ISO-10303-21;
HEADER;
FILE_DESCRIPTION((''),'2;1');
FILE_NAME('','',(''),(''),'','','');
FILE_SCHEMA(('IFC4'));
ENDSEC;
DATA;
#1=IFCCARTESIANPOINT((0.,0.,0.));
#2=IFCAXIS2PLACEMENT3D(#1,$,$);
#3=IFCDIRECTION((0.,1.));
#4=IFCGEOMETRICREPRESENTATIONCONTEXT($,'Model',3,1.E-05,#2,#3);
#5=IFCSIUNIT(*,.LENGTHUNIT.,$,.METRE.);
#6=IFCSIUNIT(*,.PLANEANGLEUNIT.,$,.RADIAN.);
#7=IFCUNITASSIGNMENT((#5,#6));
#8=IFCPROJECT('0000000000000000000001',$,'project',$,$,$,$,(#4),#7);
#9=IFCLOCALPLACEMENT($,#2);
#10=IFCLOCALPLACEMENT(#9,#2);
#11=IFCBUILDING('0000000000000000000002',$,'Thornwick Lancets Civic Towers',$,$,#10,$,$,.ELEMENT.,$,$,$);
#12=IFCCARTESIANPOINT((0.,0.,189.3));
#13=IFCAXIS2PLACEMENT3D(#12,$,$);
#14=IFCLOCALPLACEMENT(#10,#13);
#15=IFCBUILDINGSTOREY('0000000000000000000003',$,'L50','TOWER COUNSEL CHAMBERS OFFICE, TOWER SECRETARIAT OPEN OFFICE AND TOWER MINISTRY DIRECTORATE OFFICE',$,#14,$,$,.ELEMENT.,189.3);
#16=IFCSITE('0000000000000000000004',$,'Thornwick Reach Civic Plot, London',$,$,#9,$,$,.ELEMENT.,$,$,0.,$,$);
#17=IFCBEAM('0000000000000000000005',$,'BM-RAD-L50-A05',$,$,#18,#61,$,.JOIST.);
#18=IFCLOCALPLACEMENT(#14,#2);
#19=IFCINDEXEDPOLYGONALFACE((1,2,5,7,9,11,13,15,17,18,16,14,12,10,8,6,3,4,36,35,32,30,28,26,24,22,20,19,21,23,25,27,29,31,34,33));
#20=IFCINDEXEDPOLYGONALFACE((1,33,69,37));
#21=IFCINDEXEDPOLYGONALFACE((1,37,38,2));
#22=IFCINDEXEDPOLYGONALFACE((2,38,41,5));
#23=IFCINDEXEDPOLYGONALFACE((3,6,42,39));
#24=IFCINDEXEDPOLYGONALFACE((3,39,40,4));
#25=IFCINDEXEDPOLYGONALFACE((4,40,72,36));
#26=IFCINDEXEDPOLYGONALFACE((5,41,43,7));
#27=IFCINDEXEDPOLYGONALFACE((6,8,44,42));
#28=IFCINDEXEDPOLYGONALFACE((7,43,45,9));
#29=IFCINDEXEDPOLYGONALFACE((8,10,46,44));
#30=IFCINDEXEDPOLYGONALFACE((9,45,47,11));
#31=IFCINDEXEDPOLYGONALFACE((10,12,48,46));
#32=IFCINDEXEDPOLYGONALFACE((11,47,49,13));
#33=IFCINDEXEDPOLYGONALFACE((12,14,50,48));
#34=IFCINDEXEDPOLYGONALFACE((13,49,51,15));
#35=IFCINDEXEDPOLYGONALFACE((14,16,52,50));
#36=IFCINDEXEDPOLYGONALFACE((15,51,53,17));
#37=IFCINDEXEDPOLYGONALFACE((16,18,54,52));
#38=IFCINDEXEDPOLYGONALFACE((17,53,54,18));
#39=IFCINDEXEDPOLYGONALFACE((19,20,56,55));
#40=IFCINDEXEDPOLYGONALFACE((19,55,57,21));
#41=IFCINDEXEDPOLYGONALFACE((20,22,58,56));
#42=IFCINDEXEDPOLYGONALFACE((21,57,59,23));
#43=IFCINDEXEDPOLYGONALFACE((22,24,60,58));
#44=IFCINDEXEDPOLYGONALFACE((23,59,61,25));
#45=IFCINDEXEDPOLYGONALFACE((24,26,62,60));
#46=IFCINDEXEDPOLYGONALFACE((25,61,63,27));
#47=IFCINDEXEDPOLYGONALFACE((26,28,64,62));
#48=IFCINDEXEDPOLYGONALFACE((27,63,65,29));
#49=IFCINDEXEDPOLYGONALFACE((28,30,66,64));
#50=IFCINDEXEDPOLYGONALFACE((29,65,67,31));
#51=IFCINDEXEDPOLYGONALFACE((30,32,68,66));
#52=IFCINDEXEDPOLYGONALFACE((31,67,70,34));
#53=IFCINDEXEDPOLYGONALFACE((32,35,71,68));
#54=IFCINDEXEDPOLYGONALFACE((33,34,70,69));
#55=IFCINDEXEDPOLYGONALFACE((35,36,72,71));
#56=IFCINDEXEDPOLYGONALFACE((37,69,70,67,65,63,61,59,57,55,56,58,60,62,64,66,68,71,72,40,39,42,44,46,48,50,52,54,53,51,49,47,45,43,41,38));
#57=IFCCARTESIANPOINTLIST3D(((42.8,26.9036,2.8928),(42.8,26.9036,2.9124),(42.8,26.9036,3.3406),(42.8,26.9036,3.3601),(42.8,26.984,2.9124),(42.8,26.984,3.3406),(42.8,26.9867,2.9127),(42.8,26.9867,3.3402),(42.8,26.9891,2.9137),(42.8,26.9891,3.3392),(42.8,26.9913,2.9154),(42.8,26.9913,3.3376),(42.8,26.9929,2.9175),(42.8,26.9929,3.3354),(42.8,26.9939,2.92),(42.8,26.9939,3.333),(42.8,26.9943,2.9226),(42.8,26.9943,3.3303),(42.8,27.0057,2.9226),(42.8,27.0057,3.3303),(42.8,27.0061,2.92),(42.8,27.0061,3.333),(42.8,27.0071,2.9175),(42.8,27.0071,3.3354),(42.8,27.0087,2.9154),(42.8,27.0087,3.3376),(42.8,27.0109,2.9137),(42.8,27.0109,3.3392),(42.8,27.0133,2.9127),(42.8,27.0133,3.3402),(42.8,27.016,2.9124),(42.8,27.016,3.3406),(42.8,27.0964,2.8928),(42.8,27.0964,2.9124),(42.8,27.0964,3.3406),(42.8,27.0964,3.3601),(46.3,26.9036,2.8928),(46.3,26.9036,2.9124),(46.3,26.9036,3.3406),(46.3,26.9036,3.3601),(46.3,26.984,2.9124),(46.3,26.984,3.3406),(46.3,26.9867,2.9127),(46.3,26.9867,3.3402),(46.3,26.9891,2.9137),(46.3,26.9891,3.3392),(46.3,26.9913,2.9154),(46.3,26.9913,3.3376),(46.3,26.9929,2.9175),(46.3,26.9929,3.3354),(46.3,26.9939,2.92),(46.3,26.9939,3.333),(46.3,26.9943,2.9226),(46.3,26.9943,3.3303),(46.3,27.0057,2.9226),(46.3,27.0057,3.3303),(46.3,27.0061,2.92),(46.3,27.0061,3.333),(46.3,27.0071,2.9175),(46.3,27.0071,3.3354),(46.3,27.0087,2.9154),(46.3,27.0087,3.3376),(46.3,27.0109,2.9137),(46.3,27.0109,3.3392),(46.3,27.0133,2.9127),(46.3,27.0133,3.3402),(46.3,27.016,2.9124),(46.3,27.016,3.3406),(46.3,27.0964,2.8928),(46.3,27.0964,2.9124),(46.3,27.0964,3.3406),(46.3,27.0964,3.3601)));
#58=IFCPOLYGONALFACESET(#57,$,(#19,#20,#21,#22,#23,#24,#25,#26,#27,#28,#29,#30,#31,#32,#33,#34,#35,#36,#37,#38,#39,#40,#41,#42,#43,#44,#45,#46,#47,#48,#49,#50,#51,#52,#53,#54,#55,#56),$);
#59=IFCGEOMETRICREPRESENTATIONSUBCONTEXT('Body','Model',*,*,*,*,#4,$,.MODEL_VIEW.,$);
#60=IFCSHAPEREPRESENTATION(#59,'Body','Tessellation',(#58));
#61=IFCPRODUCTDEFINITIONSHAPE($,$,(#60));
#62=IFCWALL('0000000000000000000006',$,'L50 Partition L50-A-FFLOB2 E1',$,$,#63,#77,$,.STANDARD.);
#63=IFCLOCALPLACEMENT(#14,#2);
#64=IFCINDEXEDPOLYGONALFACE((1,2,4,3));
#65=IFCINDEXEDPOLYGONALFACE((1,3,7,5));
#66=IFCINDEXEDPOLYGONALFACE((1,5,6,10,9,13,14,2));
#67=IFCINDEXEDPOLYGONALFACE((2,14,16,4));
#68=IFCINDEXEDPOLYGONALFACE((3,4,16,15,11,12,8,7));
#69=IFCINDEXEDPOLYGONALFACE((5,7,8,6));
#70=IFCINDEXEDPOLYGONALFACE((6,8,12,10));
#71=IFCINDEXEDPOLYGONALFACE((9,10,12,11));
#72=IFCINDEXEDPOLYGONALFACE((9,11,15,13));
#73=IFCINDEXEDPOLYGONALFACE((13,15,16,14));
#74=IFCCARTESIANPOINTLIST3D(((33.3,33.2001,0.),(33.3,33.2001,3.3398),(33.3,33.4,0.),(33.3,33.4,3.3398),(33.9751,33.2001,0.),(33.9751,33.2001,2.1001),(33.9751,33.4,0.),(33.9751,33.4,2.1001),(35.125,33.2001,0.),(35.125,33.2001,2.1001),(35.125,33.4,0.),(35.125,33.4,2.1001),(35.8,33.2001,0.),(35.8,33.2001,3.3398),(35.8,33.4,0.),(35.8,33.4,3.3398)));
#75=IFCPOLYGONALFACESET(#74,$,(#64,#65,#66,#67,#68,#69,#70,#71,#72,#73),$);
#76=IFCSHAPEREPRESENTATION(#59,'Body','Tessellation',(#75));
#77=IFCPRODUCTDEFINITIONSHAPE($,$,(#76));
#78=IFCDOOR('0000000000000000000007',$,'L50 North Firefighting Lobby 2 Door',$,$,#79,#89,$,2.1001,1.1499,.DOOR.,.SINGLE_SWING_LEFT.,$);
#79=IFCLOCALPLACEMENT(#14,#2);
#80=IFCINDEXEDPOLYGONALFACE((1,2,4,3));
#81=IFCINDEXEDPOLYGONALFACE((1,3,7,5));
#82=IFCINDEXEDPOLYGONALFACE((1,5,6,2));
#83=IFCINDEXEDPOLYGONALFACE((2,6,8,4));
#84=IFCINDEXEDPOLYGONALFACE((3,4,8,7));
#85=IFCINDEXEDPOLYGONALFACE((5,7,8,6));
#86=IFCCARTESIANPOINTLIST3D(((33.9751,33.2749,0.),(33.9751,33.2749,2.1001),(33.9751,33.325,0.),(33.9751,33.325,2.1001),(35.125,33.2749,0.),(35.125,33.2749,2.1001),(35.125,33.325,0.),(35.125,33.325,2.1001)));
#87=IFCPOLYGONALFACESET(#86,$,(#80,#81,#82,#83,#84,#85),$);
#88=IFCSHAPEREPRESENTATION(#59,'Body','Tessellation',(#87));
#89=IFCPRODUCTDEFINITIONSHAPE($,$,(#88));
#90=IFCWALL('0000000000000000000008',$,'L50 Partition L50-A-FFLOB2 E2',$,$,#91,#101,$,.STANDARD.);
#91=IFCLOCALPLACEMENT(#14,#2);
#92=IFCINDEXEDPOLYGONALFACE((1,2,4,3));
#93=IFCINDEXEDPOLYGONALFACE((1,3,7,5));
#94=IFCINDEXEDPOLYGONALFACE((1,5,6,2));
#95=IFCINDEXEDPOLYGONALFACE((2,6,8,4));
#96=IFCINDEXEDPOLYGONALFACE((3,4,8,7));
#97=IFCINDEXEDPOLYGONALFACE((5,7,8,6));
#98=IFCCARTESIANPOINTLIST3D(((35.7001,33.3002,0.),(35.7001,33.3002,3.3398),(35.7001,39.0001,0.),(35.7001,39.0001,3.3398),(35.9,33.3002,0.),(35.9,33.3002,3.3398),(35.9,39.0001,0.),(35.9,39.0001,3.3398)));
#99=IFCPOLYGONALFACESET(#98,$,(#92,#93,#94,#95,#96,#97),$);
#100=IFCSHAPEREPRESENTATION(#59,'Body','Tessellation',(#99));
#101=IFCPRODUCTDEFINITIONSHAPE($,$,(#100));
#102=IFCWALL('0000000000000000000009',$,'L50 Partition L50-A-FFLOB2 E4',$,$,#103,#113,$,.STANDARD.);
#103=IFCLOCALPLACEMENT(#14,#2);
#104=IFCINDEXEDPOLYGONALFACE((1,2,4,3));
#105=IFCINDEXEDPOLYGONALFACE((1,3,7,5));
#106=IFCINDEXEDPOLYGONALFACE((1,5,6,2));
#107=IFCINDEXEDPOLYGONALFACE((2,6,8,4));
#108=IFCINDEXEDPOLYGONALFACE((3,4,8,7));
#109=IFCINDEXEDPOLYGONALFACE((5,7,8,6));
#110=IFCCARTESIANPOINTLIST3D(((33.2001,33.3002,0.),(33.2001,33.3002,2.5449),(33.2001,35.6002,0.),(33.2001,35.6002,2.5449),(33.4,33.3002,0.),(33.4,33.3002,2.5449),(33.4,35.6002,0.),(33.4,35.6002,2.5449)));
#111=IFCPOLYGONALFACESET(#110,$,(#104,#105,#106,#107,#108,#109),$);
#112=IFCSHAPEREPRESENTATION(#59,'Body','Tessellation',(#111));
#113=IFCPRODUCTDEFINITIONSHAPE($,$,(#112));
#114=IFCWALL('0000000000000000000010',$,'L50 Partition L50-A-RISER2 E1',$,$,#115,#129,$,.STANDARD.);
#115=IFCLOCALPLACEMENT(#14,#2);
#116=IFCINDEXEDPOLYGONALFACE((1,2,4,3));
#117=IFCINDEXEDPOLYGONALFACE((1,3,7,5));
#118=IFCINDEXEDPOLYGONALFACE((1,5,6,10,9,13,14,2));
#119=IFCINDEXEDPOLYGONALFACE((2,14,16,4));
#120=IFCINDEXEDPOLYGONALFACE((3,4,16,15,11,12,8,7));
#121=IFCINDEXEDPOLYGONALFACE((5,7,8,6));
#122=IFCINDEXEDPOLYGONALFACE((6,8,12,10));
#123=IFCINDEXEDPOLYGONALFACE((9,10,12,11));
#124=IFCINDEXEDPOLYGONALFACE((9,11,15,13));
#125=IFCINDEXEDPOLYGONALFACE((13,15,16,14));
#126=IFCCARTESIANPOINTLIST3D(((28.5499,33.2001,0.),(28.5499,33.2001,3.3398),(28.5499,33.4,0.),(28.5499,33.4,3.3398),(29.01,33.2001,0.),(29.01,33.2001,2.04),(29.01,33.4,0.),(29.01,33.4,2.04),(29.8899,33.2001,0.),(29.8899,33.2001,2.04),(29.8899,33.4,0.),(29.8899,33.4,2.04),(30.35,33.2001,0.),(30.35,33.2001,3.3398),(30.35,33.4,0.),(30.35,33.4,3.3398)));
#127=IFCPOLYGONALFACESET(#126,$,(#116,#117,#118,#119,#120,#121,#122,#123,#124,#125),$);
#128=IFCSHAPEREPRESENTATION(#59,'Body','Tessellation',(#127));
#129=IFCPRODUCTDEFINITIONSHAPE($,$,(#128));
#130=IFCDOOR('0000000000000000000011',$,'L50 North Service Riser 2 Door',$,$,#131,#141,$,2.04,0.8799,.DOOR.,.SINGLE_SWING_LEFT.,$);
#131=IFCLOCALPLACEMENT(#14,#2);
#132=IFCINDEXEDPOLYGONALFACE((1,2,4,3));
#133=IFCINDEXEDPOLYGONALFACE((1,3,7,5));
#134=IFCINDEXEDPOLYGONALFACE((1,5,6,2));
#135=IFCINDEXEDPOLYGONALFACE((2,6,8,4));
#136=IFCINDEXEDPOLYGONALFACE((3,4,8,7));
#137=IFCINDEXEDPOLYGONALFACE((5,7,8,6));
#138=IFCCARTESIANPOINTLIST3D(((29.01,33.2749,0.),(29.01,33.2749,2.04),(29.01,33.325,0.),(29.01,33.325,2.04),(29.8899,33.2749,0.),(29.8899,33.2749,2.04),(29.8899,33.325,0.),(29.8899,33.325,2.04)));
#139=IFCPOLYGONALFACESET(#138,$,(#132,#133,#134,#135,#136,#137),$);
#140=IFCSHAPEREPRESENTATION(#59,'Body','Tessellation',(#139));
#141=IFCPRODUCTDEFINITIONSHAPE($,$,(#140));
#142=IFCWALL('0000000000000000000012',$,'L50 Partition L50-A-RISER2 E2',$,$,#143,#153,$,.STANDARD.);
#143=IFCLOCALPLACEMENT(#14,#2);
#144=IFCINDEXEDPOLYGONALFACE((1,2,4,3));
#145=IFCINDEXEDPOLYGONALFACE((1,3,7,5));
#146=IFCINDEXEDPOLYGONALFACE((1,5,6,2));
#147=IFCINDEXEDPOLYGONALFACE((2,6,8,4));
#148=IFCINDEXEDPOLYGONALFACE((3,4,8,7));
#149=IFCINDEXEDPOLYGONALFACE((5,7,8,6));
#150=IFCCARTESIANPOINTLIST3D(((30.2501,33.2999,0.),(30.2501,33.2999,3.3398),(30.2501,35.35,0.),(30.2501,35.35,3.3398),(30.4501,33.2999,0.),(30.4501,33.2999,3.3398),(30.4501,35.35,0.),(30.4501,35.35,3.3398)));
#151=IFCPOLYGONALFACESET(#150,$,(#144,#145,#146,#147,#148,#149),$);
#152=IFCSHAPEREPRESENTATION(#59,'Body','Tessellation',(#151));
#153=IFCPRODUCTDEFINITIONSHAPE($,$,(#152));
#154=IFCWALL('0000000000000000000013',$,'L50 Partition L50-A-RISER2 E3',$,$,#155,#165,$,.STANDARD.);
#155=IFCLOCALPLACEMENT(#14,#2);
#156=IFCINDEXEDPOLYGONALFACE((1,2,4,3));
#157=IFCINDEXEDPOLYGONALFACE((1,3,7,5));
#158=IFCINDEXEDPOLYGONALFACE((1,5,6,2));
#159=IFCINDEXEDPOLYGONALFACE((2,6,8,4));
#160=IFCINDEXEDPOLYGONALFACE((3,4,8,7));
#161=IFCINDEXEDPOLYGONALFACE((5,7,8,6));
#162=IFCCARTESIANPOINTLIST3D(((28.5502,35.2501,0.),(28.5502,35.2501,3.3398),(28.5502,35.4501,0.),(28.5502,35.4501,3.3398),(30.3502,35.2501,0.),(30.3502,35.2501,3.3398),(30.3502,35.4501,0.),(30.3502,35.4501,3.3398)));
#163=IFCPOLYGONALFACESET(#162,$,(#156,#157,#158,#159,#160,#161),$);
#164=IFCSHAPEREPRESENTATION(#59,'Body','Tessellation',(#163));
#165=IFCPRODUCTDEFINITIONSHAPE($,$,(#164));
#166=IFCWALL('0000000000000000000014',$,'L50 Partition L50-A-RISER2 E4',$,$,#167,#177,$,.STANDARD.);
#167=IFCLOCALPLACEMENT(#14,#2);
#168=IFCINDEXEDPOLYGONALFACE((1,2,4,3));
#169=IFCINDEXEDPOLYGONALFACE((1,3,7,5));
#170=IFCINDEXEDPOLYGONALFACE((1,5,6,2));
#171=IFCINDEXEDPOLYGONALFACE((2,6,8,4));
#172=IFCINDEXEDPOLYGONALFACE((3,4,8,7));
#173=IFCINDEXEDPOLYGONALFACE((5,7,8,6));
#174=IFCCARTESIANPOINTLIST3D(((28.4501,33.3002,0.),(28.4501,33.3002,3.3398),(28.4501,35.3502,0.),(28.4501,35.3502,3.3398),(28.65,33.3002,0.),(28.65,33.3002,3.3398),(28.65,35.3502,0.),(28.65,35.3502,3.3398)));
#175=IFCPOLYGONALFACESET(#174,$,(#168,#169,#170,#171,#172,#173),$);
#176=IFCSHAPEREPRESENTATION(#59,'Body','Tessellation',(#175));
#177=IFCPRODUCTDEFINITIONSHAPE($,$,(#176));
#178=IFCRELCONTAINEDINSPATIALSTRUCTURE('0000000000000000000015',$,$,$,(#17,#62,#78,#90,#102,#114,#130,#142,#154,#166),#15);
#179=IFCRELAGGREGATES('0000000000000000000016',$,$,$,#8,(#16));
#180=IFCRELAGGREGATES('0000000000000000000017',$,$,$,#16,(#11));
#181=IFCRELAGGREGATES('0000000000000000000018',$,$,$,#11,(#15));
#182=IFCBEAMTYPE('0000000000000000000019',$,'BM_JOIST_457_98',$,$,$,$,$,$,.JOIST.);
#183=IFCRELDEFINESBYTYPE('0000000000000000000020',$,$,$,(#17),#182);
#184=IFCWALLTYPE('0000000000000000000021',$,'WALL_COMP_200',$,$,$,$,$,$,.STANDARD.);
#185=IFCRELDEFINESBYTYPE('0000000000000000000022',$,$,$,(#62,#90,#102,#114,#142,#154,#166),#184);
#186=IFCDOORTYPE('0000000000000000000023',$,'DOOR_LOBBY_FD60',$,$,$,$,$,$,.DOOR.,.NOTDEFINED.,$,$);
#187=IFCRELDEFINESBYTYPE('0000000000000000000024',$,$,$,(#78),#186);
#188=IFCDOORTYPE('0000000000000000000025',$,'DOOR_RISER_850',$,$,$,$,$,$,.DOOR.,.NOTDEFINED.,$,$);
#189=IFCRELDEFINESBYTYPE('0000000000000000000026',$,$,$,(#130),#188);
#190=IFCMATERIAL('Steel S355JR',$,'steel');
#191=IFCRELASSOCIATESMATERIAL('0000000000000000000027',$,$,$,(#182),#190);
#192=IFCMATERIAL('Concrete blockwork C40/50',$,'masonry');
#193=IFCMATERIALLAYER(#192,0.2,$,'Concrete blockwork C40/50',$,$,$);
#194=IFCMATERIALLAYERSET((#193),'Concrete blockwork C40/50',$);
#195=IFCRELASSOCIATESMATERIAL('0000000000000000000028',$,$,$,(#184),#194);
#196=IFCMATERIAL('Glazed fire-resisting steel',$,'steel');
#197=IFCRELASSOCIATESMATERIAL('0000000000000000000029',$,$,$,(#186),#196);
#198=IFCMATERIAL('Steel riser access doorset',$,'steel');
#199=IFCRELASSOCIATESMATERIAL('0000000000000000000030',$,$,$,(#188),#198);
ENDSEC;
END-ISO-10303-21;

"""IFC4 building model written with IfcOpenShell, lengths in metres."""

from ifc_helpers import new_model, si_unit, direction, frame, frame_2d, origin, origin_2d, place, context, subcontext, project, spatial, rectangle, i_section, extrude, material, layer, layer_set, material_profile, profile_set, type_object, element, fill, save


model = new_model("IFC4")

# Units and contexts
model_context = context("Model", 3, precision=1e-05, world=origin(), true_north=direction((0.0, 1.0)))
body_context = subcontext(model_context, "Body", "Model", "MODEL_VIEW")
ifc_project = project(units=[si_unit("LENGTHUNIT", "METRE"), si_unit("PLANEANGLEUNIT", "RADIAN")], contexts=[model_context])

# Site, building, storey
site_placement = place(None, origin())
site = spatial("IfcSite", under=ifc_project, at=site_placement, Name="Thornwick Reach Civic Plot, London", CompositionType="ELEMENT", RefElevation=0.0)
building_placement = place(site_placement, origin())
building = spatial("IfcBuilding", under=site, at=building_placement, Name="Thornwick Lancets Civic Towers", CompositionType="ELEMENT")
storey_placement = place(building_placement, frame((0.0, 0.0, 189.3)))
storey = spatial("IfcBuildingStorey", under=building, at=storey_placement, Name="L50", Description="TOWER COUNSEL CHAMBERS OFFICE, TOWER SECRETARIAT OPEN OFFICE AND TOWER MINISTRY DIRECTORATE OFFICE", CompositionType="ELEMENT", Elevation=189.3)

# Beam
ifc_material_1 = material(Name="Steel S355JR", Category="steel")
ifc_material_profile_1 = material_profile(ifc_material_1, i_section(OverallWidth=0.1929, OverallDepth=0.4673, WebThickness=0.0115, FlangeThickness=0.0195, FilletRadius=0.0103, at=origin_2d()), Name="UKB 457x191x98")
ifc_profile_set_1 = profile_set([ifc_material_profile_1], Name="Steel S355JR")
beam_type_1 = type_object("IfcBeamType", Name="BM_JOIST_457_98", PredefinedType="JOIST", material=ifc_profile_set_1)
beam_1_placement = place(storey_placement, frame((42.8, 27.0, 3.1265), z_axis=(1.0, 0.0, 0.0), x_axis=(0.0, 1.0, 0.0)))
element("IfcBeam", 1, at=beam_1_placement, inside=storey, type_object=beam_type_1, Name="BM-RAD-L50-A05", PredefinedType="JOIST", context=body_context, shape_type="SweptSolid", body=[
    extrude(i_section(OverallWidth=0.1929, OverallDepth=0.4673, WebThickness=0.0115, FlangeThickness=0.0195, FilletRadius=0.0103, at=origin_2d()), origin(), (0.0, 0.0, 1.0), 3.5),
])

# Wall, opening, door
ifc_material_2 = material(Name="Concrete blockwork C40/50", Category="masonry")
ifc_layer_1 = layer(ifc_material_2, 0.2, Name="Concrete blockwork C40/50")
ifc_layer_set_1 = layer_set([ifc_layer_1], Name="Concrete blockwork C40/50")
wall_type_1 = type_object("IfcWallType", Name="WALL_COMP_200", PredefinedType="STANDARD", material=ifc_layer_set_1)
wall_1_placement = place(storey_placement, frame((33.3, 33.3, 0.0), z_axis=(0.0, 0.0, 1.0), x_axis=(1.0, 0.0, 0.0)))
wall_1 = element("IfcWall", 2, at=wall_1_placement, inside=storey, type_object=wall_type_1, Name="L50 Partition L50-A-FFLOB2 E1", PredefinedType="STANDARD", context=body_context, shape_type="SweptSolid", body=[
    extrude(rectangle(XDim=2.5, YDim=0.2, at=frame_2d((1.25, 0.0))), origin(), (0.0, 0.0, 1.0), 3.3398),
])
opening_1_placement = place(wall_1_placement, frame((0.675, 0.0, 0.0)))
opening_1 = element("IfcOpeningElement", 3, at=opening_1_placement, cuts=wall_1, PredefinedType="OPENING", context=body_context, shape_type="SweptSolid", body=[
    extrude(rectangle(XDim=1.1499, YDim=2.1001, at=frame_2d((0.575, 1.05))), frame((0.0, 0.1099, 0.0), z_axis=(0.0, -1.0, 0.0), x_axis=(1.0, 0.0, 0.0)), (0.0, 0.0, 1.0), 0.22),
])
ifc_material_3 = material(Name="Glazed fire-resisting steel", Category="steel")
door_type_1 = type_object("IfcDoorType", Name="DOOR_LOBBY_FD60", OperationType="NOTDEFINED", PredefinedType="DOOR", material=ifc_material_3)
door_1_placement = place(opening_1_placement, origin())
door_1 = element("IfcDoor", 4, at=door_1_placement, inside=storey, type_object=door_type_1, Name="L50 North Firefighting Lobby 2 Door", OperationType="SINGLE_SWING_LEFT", OverallHeight=2.1001, OverallWidth=1.1499, PredefinedType="DOOR", context=body_context, shape_type="SweptSolid", body=[
    extrude(rectangle(XDim=1.1499, YDim=2.1001, at=frame_2d((0.575, 1.05))), frame((0.0, 0.0249, 0.0), z_axis=(0.0, -1.0, 0.0), x_axis=(1.0, 0.0, 0.0)), (0.0, 0.0, 1.0), 0.05),
])
fill(opening_1, door_1)

# Walls
wall_2_placement = place(storey_placement, frame((35.8, 33.3, 0.0), z_axis=(0.0, 0.0, 1.0), x_axis=(0.0, 1.0, 0.0)))
element("IfcWall", 5, at=wall_2_placement, inside=storey, type_object=wall_type_1, Name="L50 Partition L50-A-FFLOB2 E2", PredefinedType="STANDARD", context=body_context, shape_type="SweptSolid", body=[
    extrude(rectangle(XDim=5.7, YDim=0.2, at=frame_2d((2.8501, 0.0))), origin(), (0.0, 0.0, 1.0), 3.3398),
])
wall_3_placement = place(storey_placement, frame((33.3, 35.6001, 0.0), z_axis=(0.0, 0.0, 1.0), x_axis=(0.0, -1.0, 0.0)))
element("IfcWall", 6, at=wall_3_placement, inside=storey, type_object=wall_type_1, Name="L50 Partition L50-A-FFLOB2 E4", PredefinedType="STANDARD", context=body_context, shape_type="SweptSolid", body=[
    extrude(rectangle(XDim=2.3, YDim=0.2, at=frame_2d((1.1499, 0.0))), origin(), (0.0, 0.0, 1.0), 2.5449),
])

# Wall, opening, door
wall_4_placement = place(storey_placement, frame((28.55, 33.3, 0.0), z_axis=(0.0, 0.0, 1.0), x_axis=(1.0, 0.0, 0.0)))
wall_4 = element("IfcWall", 7, at=wall_4_placement, inside=storey, type_object=wall_type_1, Name="L50 Partition L50-A-RISER2 E1", PredefinedType="STANDARD", context=body_context, shape_type="SweptSolid", body=[
    extrude(rectangle(XDim=1.8, YDim=0.2, at=frame_2d((0.8999, 0.0))), origin(), (0.0, 0.0, 1.0), 3.3398),
])
opening_2_placement = place(wall_4_placement, frame((0.46, 0.0, 0.0)))
opening_2 = element("IfcOpeningElement", 8, at=opening_2_placement, cuts=wall_4, PredefinedType="OPENING", context=body_context, shape_type="SweptSolid", body=[
    extrude(rectangle(XDim=0.8799, YDim=2.04, at=frame_2d((0.4399, 1.02))), frame((0.0, 0.1099, 0.0), z_axis=(0.0, -1.0, 0.0), x_axis=(1.0, 0.0, 0.0)), (0.0, 0.0, 1.0), 0.22),
])
ifc_material_4 = material(Name="Steel riser access doorset", Category="steel")
door_type_2 = type_object("IfcDoorType", Name="DOOR_RISER_850", OperationType="NOTDEFINED", PredefinedType="DOOR", material=ifc_material_4)
door_2_placement = place(opening_2_placement, origin())
door_2 = element("IfcDoor", 9, at=door_2_placement, inside=storey, type_object=door_type_2, Name="L50 North Service Riser 2 Door", OperationType="SINGLE_SWING_LEFT", OverallHeight=2.04, OverallWidth=0.8799, PredefinedType="DOOR", context=body_context, shape_type="SweptSolid", body=[
    extrude(rectangle(XDim=0.8799, YDim=2.04, at=frame_2d((0.4399, 1.02))), frame((0.0, 0.0249, 0.0), z_axis=(0.0, -1.0, 0.0), x_axis=(1.0, 0.0, 0.0)), (0.0, 0.0, 1.0), 0.05),
])
fill(opening_2, door_2)

# Walls
wall_5_placement = place(storey_placement, frame((30.3501, 33.3, 0.0), z_axis=(0.0, 0.0, 1.0), x_axis=(0.0, 1.0, 0.0)))
element("IfcWall", 10, at=wall_5_placement, inside=storey, type_object=wall_type_1, Name="L50 Partition L50-A-RISER2 E2", PredefinedType="STANDARD", context=body_context, shape_type="SweptSolid", body=[
    extrude(rectangle(XDim=2.05, YDim=0.2, at=frame_2d((1.0249, 0.0))), origin(), (0.0, 0.0, 1.0), 3.3398),
])
wall_6_placement = place(storey_placement, frame((30.3501, 35.3501, 0.0), z_axis=(0.0, 0.0, 1.0), x_axis=(-1.0, 0.0, 0.0)))
element("IfcWall", 11, at=wall_6_placement, inside=storey, type_object=wall_type_1, Name="L50 Partition L50-A-RISER2 E3", PredefinedType="STANDARD", context=body_context, shape_type="SweptSolid", body=[
    extrude(rectangle(XDim=1.8, YDim=0.2, at=frame_2d((0.8999, 0.0))), origin(), (0.0, 0.0, 1.0), 3.3398),
])
wall_7_placement = place(storey_placement, frame((28.55, 35.3501, 0.0), z_axis=(0.0, 0.0, 1.0), x_axis=(0.0, -1.0, 0.0)))
element("IfcWall", 12, at=wall_7_placement, inside=storey, type_object=wall_type_1, Name="L50 Partition L50-A-RISER2 E4", PredefinedType="STANDARD", context=body_context, shape_type="SweptSolid", body=[
    extrude(rectangle(XDim=2.05, YDim=0.2, at=frame_2d((1.0249, 0.0))), origin(), (0.0, 0.0, 1.0), 3.3398),
])

save(model, "model.ifc")
